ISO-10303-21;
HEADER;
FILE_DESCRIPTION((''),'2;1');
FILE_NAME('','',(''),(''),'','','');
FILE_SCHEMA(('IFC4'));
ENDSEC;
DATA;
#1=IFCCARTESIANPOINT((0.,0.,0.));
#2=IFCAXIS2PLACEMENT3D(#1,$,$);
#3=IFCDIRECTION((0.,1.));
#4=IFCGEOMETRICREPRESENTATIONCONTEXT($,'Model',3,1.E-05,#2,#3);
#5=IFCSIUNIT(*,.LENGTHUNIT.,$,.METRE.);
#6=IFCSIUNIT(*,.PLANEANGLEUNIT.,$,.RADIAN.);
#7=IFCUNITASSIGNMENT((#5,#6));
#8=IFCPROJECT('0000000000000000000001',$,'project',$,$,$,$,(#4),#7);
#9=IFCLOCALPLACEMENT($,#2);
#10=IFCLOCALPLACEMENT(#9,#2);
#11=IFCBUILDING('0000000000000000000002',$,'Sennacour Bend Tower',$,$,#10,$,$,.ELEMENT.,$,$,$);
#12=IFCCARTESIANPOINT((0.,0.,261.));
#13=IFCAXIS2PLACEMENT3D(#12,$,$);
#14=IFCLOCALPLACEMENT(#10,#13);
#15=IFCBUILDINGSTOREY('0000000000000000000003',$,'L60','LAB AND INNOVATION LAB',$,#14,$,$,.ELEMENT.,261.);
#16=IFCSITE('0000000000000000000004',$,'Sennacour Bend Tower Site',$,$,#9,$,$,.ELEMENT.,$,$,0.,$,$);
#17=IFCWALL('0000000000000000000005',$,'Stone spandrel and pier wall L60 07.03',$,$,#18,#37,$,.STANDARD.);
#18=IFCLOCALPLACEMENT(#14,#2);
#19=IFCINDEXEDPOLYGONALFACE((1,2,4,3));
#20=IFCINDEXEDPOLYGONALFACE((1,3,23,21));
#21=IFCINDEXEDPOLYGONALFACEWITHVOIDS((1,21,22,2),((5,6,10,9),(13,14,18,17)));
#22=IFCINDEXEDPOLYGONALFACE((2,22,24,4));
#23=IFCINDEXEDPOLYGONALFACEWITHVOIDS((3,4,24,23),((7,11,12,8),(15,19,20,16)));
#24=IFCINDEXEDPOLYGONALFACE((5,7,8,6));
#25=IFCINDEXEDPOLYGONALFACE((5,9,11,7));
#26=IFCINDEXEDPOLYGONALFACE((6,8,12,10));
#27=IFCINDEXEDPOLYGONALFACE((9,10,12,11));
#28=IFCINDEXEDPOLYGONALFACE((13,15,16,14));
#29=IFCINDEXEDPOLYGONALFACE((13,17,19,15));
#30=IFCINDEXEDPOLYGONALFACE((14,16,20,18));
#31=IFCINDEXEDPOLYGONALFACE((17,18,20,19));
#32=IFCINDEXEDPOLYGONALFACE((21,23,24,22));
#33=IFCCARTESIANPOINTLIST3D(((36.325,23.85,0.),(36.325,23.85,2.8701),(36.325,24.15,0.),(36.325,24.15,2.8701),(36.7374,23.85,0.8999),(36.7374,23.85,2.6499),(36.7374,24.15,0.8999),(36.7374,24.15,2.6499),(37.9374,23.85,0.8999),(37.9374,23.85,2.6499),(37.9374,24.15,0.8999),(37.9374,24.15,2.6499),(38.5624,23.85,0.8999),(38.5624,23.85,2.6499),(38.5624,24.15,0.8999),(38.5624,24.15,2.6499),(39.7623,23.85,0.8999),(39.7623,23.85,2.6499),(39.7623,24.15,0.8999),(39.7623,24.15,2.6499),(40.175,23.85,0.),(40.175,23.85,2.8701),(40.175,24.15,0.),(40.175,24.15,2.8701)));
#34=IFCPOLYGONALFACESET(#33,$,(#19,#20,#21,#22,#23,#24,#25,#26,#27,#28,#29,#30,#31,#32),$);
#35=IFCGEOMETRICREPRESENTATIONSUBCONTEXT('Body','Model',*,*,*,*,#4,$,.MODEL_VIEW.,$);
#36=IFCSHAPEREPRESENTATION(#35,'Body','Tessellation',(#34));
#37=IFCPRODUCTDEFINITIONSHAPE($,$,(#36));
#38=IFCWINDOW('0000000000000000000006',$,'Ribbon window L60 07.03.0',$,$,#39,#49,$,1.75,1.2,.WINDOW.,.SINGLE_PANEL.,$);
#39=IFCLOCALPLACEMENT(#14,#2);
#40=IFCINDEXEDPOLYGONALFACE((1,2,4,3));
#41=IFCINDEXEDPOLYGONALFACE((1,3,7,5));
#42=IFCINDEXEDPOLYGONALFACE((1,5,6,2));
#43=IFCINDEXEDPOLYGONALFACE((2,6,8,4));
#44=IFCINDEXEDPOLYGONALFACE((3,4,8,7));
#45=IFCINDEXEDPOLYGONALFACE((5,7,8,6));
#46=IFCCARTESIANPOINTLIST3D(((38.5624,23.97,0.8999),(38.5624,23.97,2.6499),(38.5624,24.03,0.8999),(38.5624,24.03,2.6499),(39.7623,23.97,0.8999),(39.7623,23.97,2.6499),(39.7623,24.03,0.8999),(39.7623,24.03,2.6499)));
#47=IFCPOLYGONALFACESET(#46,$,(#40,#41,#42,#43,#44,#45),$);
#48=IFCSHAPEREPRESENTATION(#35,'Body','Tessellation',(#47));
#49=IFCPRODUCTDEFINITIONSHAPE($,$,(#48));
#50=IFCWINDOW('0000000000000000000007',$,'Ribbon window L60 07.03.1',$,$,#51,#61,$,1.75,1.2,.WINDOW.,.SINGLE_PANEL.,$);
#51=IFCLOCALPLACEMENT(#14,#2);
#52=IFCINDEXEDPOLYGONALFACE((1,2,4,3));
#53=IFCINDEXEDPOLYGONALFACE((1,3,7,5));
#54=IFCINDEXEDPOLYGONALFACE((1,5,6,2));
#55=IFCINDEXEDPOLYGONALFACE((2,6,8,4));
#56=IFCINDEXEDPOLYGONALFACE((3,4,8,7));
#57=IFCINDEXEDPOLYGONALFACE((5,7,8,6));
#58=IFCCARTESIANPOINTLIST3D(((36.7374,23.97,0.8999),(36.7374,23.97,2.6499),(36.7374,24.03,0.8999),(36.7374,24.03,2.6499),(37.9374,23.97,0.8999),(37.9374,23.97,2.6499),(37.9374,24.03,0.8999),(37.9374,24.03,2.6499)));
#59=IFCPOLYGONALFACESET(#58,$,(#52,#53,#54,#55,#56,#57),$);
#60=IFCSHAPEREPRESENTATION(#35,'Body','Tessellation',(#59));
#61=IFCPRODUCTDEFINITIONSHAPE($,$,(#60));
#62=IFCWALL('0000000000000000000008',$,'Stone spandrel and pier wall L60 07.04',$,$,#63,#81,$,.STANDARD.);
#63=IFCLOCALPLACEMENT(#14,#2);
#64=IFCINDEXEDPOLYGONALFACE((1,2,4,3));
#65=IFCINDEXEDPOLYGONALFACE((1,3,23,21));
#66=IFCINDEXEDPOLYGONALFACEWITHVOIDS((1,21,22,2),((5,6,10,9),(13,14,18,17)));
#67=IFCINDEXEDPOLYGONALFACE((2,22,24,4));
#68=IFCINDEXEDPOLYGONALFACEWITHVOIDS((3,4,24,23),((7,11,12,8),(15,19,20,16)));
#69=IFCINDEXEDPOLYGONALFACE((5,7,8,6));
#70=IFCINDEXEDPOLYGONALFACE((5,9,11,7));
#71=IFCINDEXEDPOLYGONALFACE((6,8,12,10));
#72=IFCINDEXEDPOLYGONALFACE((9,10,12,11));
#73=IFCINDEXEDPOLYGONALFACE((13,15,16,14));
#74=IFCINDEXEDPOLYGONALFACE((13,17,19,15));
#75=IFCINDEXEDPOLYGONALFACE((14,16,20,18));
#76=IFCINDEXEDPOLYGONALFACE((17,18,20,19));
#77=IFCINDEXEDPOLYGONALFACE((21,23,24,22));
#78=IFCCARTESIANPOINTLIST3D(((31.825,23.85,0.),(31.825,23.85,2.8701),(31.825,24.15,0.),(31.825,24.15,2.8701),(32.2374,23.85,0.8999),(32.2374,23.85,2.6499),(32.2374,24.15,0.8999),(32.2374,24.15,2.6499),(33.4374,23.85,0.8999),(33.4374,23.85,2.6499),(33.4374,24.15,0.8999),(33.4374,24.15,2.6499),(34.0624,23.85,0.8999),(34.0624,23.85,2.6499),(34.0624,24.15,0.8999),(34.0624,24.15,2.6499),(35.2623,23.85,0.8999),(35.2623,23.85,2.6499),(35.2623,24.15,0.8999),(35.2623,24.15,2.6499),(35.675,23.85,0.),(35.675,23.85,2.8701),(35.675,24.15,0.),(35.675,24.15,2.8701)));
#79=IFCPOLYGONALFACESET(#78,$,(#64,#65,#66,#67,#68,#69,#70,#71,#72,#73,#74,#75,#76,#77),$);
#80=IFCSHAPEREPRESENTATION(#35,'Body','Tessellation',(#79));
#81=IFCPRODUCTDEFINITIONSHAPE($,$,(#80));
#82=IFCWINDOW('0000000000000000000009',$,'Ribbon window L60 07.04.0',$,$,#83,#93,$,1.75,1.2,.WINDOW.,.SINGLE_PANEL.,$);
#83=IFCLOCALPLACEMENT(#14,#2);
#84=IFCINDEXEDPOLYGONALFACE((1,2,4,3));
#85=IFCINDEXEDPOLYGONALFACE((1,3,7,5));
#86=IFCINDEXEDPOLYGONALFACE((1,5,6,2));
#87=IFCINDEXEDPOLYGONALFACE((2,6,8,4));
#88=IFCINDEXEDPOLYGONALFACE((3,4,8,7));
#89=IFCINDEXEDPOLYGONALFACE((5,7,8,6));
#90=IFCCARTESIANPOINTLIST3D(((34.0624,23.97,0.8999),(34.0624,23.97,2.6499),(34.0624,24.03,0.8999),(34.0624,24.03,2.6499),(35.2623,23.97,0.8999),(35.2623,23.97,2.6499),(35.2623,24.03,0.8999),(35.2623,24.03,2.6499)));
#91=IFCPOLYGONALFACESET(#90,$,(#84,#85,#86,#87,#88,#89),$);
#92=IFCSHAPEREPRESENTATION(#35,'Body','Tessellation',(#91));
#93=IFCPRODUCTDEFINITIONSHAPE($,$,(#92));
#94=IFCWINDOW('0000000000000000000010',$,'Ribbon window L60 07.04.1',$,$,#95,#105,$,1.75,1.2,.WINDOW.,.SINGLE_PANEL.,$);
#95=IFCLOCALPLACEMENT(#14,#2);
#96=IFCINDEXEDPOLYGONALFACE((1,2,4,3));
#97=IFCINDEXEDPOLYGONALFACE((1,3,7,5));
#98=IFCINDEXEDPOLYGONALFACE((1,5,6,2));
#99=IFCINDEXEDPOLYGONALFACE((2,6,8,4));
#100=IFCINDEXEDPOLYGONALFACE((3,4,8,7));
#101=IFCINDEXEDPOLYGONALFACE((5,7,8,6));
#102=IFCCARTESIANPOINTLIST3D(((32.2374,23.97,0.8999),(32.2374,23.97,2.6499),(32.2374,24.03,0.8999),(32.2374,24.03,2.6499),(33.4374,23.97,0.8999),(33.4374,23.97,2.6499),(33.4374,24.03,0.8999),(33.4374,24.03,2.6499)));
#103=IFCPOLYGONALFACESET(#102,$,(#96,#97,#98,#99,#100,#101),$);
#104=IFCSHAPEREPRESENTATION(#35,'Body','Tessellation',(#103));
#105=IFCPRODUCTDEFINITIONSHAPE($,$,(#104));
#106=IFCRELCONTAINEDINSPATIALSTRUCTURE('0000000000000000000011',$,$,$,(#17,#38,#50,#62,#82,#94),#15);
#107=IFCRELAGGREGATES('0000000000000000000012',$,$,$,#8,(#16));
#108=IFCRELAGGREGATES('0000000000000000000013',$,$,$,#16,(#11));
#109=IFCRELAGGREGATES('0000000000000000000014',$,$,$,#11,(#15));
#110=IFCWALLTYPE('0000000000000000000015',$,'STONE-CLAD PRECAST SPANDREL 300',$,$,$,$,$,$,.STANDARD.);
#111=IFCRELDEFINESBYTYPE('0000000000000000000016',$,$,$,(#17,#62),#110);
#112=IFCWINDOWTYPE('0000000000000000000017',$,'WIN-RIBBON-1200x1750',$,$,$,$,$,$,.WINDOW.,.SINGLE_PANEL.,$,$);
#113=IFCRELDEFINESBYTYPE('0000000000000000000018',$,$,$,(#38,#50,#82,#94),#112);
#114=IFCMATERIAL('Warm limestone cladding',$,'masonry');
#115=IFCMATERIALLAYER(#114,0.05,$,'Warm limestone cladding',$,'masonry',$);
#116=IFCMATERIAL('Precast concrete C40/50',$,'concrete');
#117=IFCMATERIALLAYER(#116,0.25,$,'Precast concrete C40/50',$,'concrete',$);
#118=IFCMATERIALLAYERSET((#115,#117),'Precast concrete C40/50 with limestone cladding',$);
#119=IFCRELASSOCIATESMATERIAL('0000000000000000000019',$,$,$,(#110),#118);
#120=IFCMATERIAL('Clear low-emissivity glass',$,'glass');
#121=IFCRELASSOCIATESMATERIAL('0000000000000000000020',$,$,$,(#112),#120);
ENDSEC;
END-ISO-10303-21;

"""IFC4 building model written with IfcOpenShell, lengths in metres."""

from ifc_helpers import new_model, si_unit, direction, frame, frame_2d, origin, place, context, subcontext, project, spatial, rectangle, extrude, material, layer, layer_set, type_object, element, fill, save


model = new_model("IFC4")

# Units and contexts
model_context = context("Model", 3, precision=1e-05, world=origin(), true_north=direction((0.0, 1.0)))
body_context = subcontext(model_context, "Body", "Model", "MODEL_VIEW")
ifc_project = project(units=[si_unit("LENGTHUNIT", "METRE"), si_unit("PLANEANGLEUNIT", "RADIAN")], contexts=[model_context])

# Site, building, storey
site_placement = place(None, origin())
site = spatial("IfcSite", under=ifc_project, at=site_placement, Name="Sennacour Bend Tower Site", CompositionType="ELEMENT", RefElevation=0.0)
building_placement = place(site_placement, origin())
building = spatial("IfcBuilding", under=site, at=building_placement, Name="Sennacour Bend Tower", CompositionType="ELEMENT")
storey_placement = place(building_placement, frame((0.0, 0.0, 261.0)))
storey = spatial("IfcBuildingStorey", under=building, at=storey_placement, Name="L60", Description="LAB AND INNOVATION LAB", CompositionType="ELEMENT", Elevation=261.0)

# Walls, openings, windows
ifc_material_1 = material(Name="Warm limestone cladding", Category="masonry")
ifc_layer_1 = layer(ifc_material_1, 0.05, Name="Warm limestone cladding", Category="masonry")
ifc_material_2 = material(Name="Precast concrete C40/50", Category="concrete")
ifc_layer_2 = layer(ifc_material_2, 0.25, Name="Precast concrete C40/50", Category="concrete")
ifc_layer_set_1 = layer_set([ifc_layer_1, ifc_layer_2], Name="Precast concrete C40/50 with limestone cladding")
wall_type_1 = type_object("IfcWallType", Name="STONE-CLAD PRECAST SPANDREL 300", PredefinedType="STANDARD", material=ifc_layer_set_1)
ifc_material_3 = material(Name="Clear low-emissivity glass", Category="glass")
window_type = type_object("IfcWindowType", Name="WIN-RIBBON-1200x1750", PartitioningType="SINGLE_PANEL", PredefinedType="WINDOW", material=ifc_material_3)
wall_1_placement = place(storey_placement, frame((40.175, 24.0, 0.0), z_axis=(0.0, 0.0, 1.0), x_axis=(-1.0, 0.0, 0.0)))
wall_1 = element("IfcWall", 1, at=wall_1_placement, inside=storey, type_object=wall_type_1, Name="Stone spandrel and pier wall L60 07.03", PredefinedType="STANDARD", context=body_context, shape_type="SweptSolid", body=[
    extrude(rectangle(XDim=3.8501, YDim=0.3, at=frame_2d((1.925, 0.0))), origin(), (0.0, 0.0, 1.0), 2.8701),
])
opening_1_placement = place(wall_1_placement, frame((0.4126, 0.0, 0.8999)))
opening_1 = element("IfcOpeningElement", 2, at=opening_1_placement, cuts=wall_1, PredefinedType="OPENING", context=body_context, shape_type="SweptSolid", body=[
    extrude(rectangle(XDim=1.2, YDim=1.75, at=frame_2d((0.6001, 0.875))), frame((0.0, 0.1602, 0.0), z_axis=(0.0, -1.0, 0.0), x_axis=(1.0, 0.0, 0.0)), (0.0, 0.0, 1.0), 0.3201),
])
opening_2_placement = place(wall_1_placement, frame((2.2375, 0.0, 0.8999)))
opening_2 = element("IfcOpeningElement", 3, at=opening_2_placement, cuts=wall_1, PredefinedType="OPENING", context=body_context, shape_type="SweptSolid", body=[
    extrude(rectangle(XDim=1.2, YDim=1.75, at=frame_2d((0.6001, 0.875))), frame((0.0, 0.1602, 0.0), z_axis=(0.0, -1.0, 0.0), x_axis=(1.0, 0.0, 0.0)), (0.0, 0.0, 1.0), 0.3201),
])
window_1_placement = place(opening_1_placement, origin())
window_1 = element("IfcWindow", 4, at=window_1_placement, inside=storey, type_object=window_type, Name="Ribbon window L60 07.03.0", OverallHeight=1.75, OverallWidth=1.2, PartitioningType="SINGLE_PANEL", PredefinedType="WINDOW", context=body_context, shape_type="SweptSolid", body=[
    extrude(rectangle(XDim=1.2, YDim=1.75, at=frame_2d((0.6001, 0.875))), frame((0.0, 0.03, 0.0), z_axis=(0.0, -1.0, 0.0), x_axis=(1.0, 0.0, 0.0)), (0.0, 0.0, 1.0), 0.0601),
])
fill(opening_1, window_1)
window_2_placement = place(opening_2_placement, origin())
window_2 = element("IfcWindow", 5, at=window_2_placement, inside=storey, type_object=window_type, Name="Ribbon window L60 07.03.1", OverallHeight=1.75, OverallWidth=1.2, PartitioningType="SINGLE_PANEL", PredefinedType="WINDOW", context=body_context, shape_type="SweptSolid", body=[
    extrude(rectangle(XDim=1.2, YDim=1.75, at=frame_2d((0.6001, 0.875))), frame((0.0, 0.03, 0.0), z_axis=(0.0, -1.0, 0.0), x_axis=(1.0, 0.0, 0.0)), (0.0, 0.0, 1.0), 0.0601),
])
fill(opening_2, window_2)
wall_2_placement = place(storey_placement, frame((35.675, 24.0, 0.0), z_axis=(0.0, 0.0, 1.0), x_axis=(-1.0, 0.0, 0.0)))
wall_2 = element("IfcWall", 6, at=wall_2_placement, inside=storey, type_object=wall_type_1, Name="Stone spandrel and pier wall L60 07.04", PredefinedType="STANDARD", context=body_context, shape_type="SweptSolid", body=[
    extrude(rectangle(XDim=3.8501, YDim=0.3, at=frame_2d((1.925, 0.0))), origin(), (0.0, 0.0, 1.0), 2.8701),
])
opening_3_placement = place(wall_2_placement, frame((0.4126, 0.0, 0.8999)))
opening_3 = element("IfcOpeningElement", 7, at=opening_3_placement, cuts=wall_2, PredefinedType="OPENING", context=body_context, shape_type="SweptSolid", body=[
    extrude(rectangle(XDim=1.2, YDim=1.75, at=frame_2d((0.6001, 0.875))), frame((0.0, 0.1602, 0.0), z_axis=(0.0, -1.0, 0.0), x_axis=(1.0, 0.0, 0.0)), (0.0, 0.0, 1.0), 0.3201),
])
opening_4_placement = place(wall_2_placement, frame((2.2375, 0.0, 0.8999)))
opening_4 = element("IfcOpeningElement", 8, at=opening_4_placement, cuts=wall_2, PredefinedType="OPENING", context=body_context, shape_type="SweptSolid", body=[
    extrude(rectangle(XDim=1.2, YDim=1.75, at=frame_2d((0.6001, 0.875))), frame((0.0, 0.1602, 0.0), z_axis=(0.0, -1.0, 0.0), x_axis=(1.0, 0.0, 0.0)), (0.0, 0.0, 1.0), 0.3201),
])
window_3_placement = place(opening_3_placement, origin())
window_3 = element("IfcWindow", 9, at=window_3_placement, inside=storey, type_object=window_type, Name="Ribbon window L60 07.04.0", OverallHeight=1.75, OverallWidth=1.2, PartitioningType="SINGLE_PANEL", PredefinedType="WINDOW", context=body_context, shape_type="SweptSolid", body=[
    extrude(rectangle(XDim=1.2, YDim=1.75, at=frame_2d((0.6001, 0.875))), frame((0.0, 0.03, 0.0), z_axis=(0.0, -1.0, 0.0), x_axis=(1.0, 0.0, 0.0)), (0.0, 0.0, 1.0), 0.0601),
])
fill(opening_3, window_3)
window_4_placement = place(opening_4_placement, origin())
window_4 = element("IfcWindow", 10, at=window_4_placement, inside=storey, type_object=window_type, Name="Ribbon window L60 07.04.1", OverallHeight=1.75, OverallWidth=1.2, PartitioningType="SINGLE_PANEL", PredefinedType="WINDOW", context=body_context, shape_type="SweptSolid", body=[
    extrude(rectangle(XDim=1.2, YDim=1.75, at=frame_2d((0.6001, 0.875))), frame((0.0, 0.03, 0.0), z_axis=(0.0, -1.0, 0.0), x_axis=(1.0, 0.0, 0.0)), (0.0, 0.0, 1.0), 0.0601),
])
fill(opening_4, window_4)

save(model, "model.ifc")
